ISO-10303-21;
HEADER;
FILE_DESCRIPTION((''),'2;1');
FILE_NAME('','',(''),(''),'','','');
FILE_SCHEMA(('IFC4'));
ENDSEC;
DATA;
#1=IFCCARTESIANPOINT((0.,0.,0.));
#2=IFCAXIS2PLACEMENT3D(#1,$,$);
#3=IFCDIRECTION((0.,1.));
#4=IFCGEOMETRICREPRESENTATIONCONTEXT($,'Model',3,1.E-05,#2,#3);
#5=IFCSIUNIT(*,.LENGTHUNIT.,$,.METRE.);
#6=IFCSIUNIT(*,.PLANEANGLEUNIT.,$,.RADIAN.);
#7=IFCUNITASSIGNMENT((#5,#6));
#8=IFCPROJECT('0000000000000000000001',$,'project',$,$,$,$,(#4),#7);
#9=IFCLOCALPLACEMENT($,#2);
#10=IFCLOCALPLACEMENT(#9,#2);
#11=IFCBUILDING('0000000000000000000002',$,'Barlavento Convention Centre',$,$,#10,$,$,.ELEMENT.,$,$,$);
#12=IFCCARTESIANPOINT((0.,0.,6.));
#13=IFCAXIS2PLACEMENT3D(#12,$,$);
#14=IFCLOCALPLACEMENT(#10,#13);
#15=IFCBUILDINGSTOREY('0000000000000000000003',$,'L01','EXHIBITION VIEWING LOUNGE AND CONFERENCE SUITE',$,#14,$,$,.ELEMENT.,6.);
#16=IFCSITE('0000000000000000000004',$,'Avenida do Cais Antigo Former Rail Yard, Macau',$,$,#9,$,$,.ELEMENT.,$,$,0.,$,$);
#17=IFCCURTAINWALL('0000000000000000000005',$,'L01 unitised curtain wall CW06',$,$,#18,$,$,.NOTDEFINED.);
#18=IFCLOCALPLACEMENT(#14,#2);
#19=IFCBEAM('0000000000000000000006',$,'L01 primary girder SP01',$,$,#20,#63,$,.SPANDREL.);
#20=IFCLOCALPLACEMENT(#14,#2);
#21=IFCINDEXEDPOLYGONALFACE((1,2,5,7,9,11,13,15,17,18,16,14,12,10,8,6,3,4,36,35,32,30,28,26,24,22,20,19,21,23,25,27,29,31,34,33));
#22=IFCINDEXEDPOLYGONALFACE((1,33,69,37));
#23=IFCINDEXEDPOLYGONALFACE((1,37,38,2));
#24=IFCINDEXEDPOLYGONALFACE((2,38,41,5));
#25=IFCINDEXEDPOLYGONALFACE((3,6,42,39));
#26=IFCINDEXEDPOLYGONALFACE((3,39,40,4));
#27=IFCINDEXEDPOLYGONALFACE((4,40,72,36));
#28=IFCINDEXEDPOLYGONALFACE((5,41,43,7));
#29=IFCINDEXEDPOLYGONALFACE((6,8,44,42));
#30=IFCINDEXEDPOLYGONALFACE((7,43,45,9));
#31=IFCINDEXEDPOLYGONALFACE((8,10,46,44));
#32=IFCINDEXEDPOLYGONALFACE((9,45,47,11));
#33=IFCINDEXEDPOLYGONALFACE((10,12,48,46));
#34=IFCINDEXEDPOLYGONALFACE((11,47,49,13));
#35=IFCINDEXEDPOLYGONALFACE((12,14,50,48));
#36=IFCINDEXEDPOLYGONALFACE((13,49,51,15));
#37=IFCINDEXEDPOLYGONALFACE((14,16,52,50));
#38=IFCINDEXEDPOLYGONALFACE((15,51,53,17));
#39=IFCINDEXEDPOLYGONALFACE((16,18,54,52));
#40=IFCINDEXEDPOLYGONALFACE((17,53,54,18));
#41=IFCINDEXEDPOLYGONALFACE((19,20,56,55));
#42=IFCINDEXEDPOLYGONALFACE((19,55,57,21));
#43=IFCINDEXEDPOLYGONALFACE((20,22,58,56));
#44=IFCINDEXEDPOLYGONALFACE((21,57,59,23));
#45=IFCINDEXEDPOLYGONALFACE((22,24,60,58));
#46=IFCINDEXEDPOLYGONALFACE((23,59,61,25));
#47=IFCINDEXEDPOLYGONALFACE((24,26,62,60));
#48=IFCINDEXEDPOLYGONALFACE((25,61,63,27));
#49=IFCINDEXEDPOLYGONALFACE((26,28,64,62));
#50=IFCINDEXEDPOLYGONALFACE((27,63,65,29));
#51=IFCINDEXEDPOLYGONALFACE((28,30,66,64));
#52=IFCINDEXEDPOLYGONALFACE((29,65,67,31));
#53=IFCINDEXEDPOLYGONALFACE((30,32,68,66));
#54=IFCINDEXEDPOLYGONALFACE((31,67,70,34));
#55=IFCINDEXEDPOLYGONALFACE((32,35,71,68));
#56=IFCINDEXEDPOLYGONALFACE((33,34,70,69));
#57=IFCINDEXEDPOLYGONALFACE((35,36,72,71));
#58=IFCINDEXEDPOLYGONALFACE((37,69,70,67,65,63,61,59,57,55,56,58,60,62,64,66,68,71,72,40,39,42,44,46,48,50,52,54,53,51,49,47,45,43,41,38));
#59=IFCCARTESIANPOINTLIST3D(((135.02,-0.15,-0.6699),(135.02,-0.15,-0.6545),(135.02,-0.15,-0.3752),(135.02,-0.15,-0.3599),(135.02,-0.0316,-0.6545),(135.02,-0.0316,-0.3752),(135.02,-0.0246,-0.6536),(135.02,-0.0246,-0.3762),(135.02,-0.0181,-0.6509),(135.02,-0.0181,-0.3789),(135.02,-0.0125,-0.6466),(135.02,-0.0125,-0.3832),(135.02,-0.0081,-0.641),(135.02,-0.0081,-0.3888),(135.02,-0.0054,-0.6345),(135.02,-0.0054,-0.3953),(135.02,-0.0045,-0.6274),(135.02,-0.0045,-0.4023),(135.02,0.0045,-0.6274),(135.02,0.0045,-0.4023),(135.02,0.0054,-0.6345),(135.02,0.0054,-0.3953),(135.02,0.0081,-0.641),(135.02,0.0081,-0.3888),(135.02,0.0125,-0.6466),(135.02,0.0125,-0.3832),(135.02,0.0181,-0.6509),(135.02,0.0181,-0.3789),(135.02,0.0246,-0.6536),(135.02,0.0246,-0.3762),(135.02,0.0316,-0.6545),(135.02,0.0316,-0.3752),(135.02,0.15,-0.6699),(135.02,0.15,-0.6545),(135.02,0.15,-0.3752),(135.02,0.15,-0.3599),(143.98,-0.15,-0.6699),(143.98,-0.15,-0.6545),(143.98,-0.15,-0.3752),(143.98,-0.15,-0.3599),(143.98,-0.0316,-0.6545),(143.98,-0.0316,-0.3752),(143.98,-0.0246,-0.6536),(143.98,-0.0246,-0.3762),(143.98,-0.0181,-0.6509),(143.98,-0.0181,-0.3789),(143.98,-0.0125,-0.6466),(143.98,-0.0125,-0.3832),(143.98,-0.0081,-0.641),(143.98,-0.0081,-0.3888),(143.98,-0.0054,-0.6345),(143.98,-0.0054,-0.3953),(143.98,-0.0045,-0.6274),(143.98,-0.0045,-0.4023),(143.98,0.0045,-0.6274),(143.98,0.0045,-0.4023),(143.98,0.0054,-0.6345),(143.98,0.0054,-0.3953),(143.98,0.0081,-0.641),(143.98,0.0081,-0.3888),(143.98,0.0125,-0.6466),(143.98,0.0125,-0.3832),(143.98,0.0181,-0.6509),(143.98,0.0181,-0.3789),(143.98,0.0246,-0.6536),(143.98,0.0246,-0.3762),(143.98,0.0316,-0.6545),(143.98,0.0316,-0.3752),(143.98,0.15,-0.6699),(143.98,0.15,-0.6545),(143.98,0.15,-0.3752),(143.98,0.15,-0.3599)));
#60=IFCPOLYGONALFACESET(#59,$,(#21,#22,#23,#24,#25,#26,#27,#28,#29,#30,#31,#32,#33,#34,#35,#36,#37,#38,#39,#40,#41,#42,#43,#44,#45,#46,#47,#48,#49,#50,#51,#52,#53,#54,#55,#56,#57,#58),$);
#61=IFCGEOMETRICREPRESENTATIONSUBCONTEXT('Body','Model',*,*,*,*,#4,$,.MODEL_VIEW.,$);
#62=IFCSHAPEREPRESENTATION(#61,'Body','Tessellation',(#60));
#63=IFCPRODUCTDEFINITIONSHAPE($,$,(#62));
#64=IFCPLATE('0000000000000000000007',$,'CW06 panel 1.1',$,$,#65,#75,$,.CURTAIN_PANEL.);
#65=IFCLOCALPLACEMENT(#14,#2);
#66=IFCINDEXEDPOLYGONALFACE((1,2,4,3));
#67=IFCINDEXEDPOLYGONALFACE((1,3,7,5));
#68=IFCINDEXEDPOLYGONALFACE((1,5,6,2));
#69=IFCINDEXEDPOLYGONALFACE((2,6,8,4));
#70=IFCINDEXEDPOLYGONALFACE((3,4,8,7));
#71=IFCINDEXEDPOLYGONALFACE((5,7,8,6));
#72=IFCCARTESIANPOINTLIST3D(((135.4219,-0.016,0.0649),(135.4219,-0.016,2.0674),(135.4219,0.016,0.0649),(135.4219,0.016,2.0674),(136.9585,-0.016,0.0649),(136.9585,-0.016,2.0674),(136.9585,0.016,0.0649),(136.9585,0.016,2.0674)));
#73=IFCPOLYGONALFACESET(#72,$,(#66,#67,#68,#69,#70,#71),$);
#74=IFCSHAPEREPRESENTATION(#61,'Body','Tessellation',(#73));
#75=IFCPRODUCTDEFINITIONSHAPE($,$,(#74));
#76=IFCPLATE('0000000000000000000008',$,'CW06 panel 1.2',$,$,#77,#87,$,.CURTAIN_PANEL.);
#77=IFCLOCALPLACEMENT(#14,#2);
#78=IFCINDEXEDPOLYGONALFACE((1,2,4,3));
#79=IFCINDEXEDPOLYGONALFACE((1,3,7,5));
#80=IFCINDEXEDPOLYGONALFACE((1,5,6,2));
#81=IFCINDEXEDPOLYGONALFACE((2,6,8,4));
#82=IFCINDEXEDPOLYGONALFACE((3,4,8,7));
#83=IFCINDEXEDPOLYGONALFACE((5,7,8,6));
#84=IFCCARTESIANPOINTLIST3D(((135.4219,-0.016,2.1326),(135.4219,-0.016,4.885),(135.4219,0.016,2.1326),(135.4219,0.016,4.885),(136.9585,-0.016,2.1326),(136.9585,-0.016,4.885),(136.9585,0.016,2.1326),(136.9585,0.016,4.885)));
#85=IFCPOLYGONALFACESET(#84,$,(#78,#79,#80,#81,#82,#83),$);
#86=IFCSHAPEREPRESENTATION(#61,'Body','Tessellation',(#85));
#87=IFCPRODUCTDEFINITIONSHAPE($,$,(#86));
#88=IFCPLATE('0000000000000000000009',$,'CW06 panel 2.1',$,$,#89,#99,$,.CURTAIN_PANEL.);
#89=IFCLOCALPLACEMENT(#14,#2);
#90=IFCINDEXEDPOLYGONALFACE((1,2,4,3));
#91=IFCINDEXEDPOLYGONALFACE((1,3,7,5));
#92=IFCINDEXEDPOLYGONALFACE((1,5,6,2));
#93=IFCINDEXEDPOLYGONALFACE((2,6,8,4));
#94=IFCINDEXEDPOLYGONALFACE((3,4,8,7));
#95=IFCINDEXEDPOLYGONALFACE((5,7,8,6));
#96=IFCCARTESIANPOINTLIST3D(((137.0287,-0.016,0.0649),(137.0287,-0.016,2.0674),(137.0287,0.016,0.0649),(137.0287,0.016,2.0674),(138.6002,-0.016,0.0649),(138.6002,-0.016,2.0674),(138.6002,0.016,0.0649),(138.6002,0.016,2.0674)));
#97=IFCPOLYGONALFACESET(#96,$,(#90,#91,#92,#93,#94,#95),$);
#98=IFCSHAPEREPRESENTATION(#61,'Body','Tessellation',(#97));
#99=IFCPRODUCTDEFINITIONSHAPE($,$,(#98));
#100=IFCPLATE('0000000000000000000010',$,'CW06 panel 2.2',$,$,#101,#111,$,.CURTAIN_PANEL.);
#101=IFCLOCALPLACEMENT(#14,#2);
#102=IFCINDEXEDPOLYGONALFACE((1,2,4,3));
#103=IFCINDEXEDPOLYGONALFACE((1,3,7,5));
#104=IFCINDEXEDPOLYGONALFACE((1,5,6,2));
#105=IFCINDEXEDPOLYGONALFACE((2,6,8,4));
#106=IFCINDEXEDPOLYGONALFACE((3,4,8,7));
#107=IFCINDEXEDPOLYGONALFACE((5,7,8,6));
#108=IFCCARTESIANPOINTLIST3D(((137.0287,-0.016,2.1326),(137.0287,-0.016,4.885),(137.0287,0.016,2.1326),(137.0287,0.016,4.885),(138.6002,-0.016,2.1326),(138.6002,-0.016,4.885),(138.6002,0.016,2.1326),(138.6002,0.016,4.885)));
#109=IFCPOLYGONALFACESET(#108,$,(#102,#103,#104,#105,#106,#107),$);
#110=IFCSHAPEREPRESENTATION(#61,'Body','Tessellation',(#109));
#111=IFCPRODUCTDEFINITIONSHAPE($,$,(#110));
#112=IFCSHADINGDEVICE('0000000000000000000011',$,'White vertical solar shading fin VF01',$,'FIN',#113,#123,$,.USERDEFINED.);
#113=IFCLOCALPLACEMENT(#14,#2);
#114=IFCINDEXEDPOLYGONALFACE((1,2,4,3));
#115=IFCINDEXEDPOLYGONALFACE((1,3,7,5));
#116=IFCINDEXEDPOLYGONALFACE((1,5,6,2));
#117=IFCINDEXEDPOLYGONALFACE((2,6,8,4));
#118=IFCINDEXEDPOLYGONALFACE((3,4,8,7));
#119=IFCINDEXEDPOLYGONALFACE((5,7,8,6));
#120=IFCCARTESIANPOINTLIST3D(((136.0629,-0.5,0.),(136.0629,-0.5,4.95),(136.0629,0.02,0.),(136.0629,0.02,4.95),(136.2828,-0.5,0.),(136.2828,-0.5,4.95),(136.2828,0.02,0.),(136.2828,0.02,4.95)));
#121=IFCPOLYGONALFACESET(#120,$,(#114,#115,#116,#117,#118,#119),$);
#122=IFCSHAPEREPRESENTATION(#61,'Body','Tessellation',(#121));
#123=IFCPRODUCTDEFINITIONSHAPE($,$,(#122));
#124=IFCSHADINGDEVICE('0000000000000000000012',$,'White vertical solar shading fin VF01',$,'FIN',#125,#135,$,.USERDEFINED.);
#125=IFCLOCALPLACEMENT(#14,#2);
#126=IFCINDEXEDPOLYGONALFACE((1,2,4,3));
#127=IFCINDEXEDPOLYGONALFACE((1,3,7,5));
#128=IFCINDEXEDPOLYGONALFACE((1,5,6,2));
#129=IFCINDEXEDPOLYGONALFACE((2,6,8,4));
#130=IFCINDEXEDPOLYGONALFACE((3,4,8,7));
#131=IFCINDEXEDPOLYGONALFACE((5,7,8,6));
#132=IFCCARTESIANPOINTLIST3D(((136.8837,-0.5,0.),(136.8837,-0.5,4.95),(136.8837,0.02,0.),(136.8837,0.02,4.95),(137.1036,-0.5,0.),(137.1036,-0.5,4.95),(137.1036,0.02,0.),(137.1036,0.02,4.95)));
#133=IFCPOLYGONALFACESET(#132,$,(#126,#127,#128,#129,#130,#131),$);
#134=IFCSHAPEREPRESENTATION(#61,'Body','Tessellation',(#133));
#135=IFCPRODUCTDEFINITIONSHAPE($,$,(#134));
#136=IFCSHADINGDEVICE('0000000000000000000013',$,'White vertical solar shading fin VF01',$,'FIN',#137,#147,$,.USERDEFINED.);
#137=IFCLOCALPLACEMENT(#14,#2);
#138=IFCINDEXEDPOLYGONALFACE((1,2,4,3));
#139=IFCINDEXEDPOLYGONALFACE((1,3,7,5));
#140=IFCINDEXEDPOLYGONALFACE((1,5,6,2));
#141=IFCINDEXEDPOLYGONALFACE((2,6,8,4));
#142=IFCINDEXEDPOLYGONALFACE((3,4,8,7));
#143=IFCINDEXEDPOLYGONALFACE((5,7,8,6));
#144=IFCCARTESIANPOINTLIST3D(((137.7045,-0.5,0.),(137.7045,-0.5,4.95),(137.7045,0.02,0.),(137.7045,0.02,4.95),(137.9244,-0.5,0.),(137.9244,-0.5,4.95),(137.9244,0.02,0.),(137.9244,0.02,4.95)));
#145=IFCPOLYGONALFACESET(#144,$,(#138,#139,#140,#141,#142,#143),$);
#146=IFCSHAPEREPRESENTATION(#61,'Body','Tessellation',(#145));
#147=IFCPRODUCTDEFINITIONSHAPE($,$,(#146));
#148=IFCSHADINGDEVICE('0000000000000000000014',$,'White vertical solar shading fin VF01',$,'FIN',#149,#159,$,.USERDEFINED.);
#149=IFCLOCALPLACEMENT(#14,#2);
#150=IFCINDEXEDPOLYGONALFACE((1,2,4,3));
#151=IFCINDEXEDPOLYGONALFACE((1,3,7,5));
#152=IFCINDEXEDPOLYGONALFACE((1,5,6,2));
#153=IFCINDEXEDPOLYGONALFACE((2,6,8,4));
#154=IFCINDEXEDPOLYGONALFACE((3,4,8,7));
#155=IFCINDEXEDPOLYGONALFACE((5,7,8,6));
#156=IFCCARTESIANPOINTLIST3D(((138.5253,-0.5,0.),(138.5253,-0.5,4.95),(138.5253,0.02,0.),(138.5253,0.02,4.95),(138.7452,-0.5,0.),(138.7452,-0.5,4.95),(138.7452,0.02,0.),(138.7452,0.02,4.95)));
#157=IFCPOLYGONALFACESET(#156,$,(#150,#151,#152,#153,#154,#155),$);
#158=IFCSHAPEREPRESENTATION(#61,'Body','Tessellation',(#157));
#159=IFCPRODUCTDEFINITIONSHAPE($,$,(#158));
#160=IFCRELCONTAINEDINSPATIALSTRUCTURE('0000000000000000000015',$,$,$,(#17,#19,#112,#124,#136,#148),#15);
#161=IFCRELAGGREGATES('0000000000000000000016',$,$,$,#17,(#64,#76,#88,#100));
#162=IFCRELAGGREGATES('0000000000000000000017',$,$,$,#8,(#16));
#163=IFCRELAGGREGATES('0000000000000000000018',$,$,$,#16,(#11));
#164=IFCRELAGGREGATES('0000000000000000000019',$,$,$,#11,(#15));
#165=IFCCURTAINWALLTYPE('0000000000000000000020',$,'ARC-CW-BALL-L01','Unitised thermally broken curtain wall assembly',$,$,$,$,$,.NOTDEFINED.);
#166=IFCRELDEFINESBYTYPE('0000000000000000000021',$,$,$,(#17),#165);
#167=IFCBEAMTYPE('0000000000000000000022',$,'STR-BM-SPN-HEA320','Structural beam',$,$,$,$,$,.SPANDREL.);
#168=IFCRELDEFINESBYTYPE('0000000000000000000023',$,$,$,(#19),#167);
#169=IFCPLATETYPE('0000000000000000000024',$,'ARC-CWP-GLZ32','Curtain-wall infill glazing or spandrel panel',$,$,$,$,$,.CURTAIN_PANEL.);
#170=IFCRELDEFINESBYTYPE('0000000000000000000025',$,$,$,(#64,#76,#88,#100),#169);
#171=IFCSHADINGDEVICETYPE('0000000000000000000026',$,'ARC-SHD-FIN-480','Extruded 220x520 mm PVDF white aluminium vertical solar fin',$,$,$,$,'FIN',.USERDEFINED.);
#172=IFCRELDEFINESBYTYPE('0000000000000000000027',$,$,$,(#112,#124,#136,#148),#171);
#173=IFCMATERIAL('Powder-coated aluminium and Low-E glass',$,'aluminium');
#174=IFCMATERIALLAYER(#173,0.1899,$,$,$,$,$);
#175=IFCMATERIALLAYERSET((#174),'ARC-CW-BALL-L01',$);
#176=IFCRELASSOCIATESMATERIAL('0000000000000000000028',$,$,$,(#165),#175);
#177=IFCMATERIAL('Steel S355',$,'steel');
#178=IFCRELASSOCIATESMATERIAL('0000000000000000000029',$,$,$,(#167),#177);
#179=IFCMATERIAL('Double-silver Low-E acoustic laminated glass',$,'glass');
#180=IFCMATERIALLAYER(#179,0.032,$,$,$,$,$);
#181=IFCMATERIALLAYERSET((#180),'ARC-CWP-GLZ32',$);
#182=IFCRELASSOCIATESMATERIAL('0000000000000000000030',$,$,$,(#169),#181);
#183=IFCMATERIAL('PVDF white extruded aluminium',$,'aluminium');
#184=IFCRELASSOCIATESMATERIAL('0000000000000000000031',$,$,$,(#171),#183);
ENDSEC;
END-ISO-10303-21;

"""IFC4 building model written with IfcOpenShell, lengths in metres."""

from ifc_helpers import new_model, si_unit, direction, frame, origin, origin_2d, place, context, subcontext, project, spatial, rectangle, i_section, extrude, material, layer, layer_set, material_profile, profile_set, type_object, element, aggregate, save


model = new_model("IFC4")

# Units and contexts
model_context = context("Model", 3, precision=1e-05, world=origin(), true_north=direction((0.0, 1.0)))
body_context = subcontext(model_context, "Body", "Model", "MODEL_VIEW")
ifc_project = project(units=[si_unit("LENGTHUNIT", "METRE"), si_unit("PLANEANGLEUNIT", "RADIAN")], contexts=[model_context])

# Site, building, storey
site_placement = place(None, origin())
site = spatial("IfcSite", under=ifc_project, at=site_placement, Name="Avenida do Cais Antigo Former Rail Yard, Macau", CompositionType="ELEMENT", RefElevation=0.0)
building_placement = place(site_placement, origin())
building = spatial("IfcBuilding", under=site, at=building_placement, Name="Barlavento Convention Centre", CompositionType="ELEMENT")
storey_placement = place(building_placement, frame((0.0, 0.0, 6.0)))
storey = spatial("IfcBuildingStorey", under=building, at=storey_placement, Name="L01", Description="EXHIBITION VIEWING LOUNGE AND CONFERENCE SUITE", CompositionType="ELEMENT", Elevation=6.0)

# Curtain wall
ifc_material_1 = material(Name="Powder-coated aluminium and Low-E glass", Category="aluminium")
ifc_layer_1 = layer(ifc_material_1, 0.1899)
ifc_layer_set_1 = layer_set([ifc_layer_1], Name="ARC-CW-BALL-L01")
curtain_wall_type = type_object("IfcCurtainWallType", Name="ARC-CW-BALL-L01", Description="Unitised thermally broken curtain wall assembly", PredefinedType="NOTDEFINED", material=ifc_layer_set_1)
curtain_wall_placement = place(storey_placement, origin())
curtain_wall = element("IfcCurtainWall", 1, at=curtain_wall_placement, inside=storey, type_object=curtain_wall_type, Name="L01 unitised curtain wall CW06", PredefinedType="NOTDEFINED")

# Beam
ifc_material_2 = material(Name="Steel S355", Category="steel")
ifc_material_profile_1 = material_profile(ifc_material_2, i_section(OverallWidth=0.3, OverallDepth=0.3101, WebThickness=0.009, FlangeThickness=0.0154, FilletRadius=0.0271, at=origin_2d()), Name="HEA 320")
ifc_profile_set_1 = profile_set([ifc_material_profile_1], Name="Steel S355")
beam_type = type_object("IfcBeamType", Name="STR-BM-SPN-HEA320", Description="Structural beam", PredefinedType="SPANDREL", material=ifc_profile_set_1)
beam_placement = place(storey_placement, frame((135.02, 0.0, -0.5149), z_axis=(1.0, 0.0, 0.0), x_axis=(0.0, 1.0, 0.0)))
element("IfcBeam", 2, at=beam_placement, inside=storey, type_object=beam_type, Name="L01 primary girder SP01", PredefinedType="SPANDREL", context=body_context, shape_type="SweptSolid", body=[
    extrude(i_section(OverallWidth=0.3, OverallDepth=0.3101, WebThickness=0.009, FlangeThickness=0.0154, FilletRadius=0.0271, at=origin_2d()), origin(), (0.0, 0.0, 1.0), 8.96),
])

# Plates
ifc_material_3 = material(Name="Double-silver Low-E acoustic laminated glass", Category="glass")
ifc_layer_2 = layer(ifc_material_3, 0.032)
ifc_layer_set_2 = layer_set([ifc_layer_2], Name="ARC-CWP-GLZ32")
plate_type = type_object("IfcPlateType", Name="ARC-CWP-GLZ32", Description="Curtain-wall infill glazing or spandrel panel", PredefinedType="CURTAIN_PANEL", material=ifc_layer_set_2)
plate_1_placement = place(storey_placement, frame((136.1902, 0.0, 0.0649), z_axis=(0.0, 0.0, 1.0), x_axis=(1.0, 0.0, 0.0)))
plate_1 = element("IfcPlate", 3, at=plate_1_placement, type_object=plate_type, Name="CW06 panel 1.1", PredefinedType="CURTAIN_PANEL", context=body_context, shape_type="SweptSolid", body=[
    extrude(rectangle(XDim=1.5366, YDim=0.032, at=origin_2d()), origin(), (0.0, 0.0, 1.0), 2.0024),
])
plate_2_placement = place(storey_placement, frame((136.1902, 0.0, 2.1326), z_axis=(0.0, 0.0, 1.0), x_axis=(1.0, 0.0, 0.0)))
plate_2 = element("IfcPlate", 4, at=plate_2_placement, type_object=plate_type, Name="CW06 panel 1.2", PredefinedType="CURTAIN_PANEL", context=body_context, shape_type="SweptSolid", body=[
    extrude(rectangle(XDim=1.5366, YDim=0.032, at=origin_2d()), origin(), (0.0, 0.0, 1.0), 2.7524),
])
plate_3_placement = place(storey_placement, frame((137.8145, 0.0, 0.0649), z_axis=(0.0, 0.0, 1.0), x_axis=(1.0, 0.0, 0.0)))
plate_3 = element("IfcPlate", 5, at=plate_3_placement, type_object=plate_type, Name="CW06 panel 2.1", PredefinedType="CURTAIN_PANEL", context=body_context, shape_type="SweptSolid", body=[
    extrude(rectangle(XDim=1.5715, YDim=0.032, at=origin_2d()), origin(), (0.0, 0.0, 1.0), 2.0024),
])
plate_4_placement = place(storey_placement, frame((137.8145, 0.0, 2.1326), z_axis=(0.0, 0.0, 1.0), x_axis=(1.0, 0.0, 0.0)))
plate_4 = element("IfcPlate", 6, at=plate_4_placement, type_object=plate_type, Name="CW06 panel 2.2", PredefinedType="CURTAIN_PANEL", context=body_context, shape_type="SweptSolid", body=[
    extrude(rectangle(XDim=1.5715, YDim=0.032, at=origin_2d()), origin(), (0.0, 0.0, 1.0), 2.7524),
])
aggregate(curtain_wall, [plate_1, plate_2, plate_3, plate_4])

# Shading devices
ifc_material_4 = material(Name="PVDF white extruded aluminium", Category="aluminium")
shading_device_type = type_object("IfcShadingDeviceType", Name="ARC-SHD-FIN-480", Description="Extruded 220x520 mm PVDF white aluminium vertical solar fin", ElementType="FIN", PredefinedType="USERDEFINED", material=ifc_material_4)
for number, where, z_axis, x_axis, name in (
    (7, (136.1729, -0.24, 0.0), (0.0, 0.0, 1.0), (1.0, 0.0, 0.0), "White vertical solar shading fin VF01"),
    (8, (136.9937, -0.24, 0.0), (0.0, 0.0, 1.0), (1.0, 0.0, 0.0), "White vertical solar shading fin VF01"),
    (9, (137.8145, -0.24, 0.0), (0.0, 0.0, 1.0), (1.0, 0.0, 0.0), "White vertical solar shading fin VF01"),
    (10, (138.6353, -0.24, 0.0), (0.0, 0.0, 1.0), (1.0, 0.0, 0.0), "White vertical solar shading fin VF01"),
):
    element("IfcShadingDevice", number, at=place(storey_placement, frame(where, z_axis=z_axis, x_axis=x_axis)), inside=storey, type_object=shading_device_type, Name=name, ObjectType="FIN", PredefinedType="USERDEFINED", context=body_context, shape_type="SweptSolid", body=[
        extrude(rectangle(XDim=0.22, YDim=0.52, at=origin_2d()), origin(), (0.0, 0.0, 1.0), 4.95),
    ])

save(model, "model.ifc")
